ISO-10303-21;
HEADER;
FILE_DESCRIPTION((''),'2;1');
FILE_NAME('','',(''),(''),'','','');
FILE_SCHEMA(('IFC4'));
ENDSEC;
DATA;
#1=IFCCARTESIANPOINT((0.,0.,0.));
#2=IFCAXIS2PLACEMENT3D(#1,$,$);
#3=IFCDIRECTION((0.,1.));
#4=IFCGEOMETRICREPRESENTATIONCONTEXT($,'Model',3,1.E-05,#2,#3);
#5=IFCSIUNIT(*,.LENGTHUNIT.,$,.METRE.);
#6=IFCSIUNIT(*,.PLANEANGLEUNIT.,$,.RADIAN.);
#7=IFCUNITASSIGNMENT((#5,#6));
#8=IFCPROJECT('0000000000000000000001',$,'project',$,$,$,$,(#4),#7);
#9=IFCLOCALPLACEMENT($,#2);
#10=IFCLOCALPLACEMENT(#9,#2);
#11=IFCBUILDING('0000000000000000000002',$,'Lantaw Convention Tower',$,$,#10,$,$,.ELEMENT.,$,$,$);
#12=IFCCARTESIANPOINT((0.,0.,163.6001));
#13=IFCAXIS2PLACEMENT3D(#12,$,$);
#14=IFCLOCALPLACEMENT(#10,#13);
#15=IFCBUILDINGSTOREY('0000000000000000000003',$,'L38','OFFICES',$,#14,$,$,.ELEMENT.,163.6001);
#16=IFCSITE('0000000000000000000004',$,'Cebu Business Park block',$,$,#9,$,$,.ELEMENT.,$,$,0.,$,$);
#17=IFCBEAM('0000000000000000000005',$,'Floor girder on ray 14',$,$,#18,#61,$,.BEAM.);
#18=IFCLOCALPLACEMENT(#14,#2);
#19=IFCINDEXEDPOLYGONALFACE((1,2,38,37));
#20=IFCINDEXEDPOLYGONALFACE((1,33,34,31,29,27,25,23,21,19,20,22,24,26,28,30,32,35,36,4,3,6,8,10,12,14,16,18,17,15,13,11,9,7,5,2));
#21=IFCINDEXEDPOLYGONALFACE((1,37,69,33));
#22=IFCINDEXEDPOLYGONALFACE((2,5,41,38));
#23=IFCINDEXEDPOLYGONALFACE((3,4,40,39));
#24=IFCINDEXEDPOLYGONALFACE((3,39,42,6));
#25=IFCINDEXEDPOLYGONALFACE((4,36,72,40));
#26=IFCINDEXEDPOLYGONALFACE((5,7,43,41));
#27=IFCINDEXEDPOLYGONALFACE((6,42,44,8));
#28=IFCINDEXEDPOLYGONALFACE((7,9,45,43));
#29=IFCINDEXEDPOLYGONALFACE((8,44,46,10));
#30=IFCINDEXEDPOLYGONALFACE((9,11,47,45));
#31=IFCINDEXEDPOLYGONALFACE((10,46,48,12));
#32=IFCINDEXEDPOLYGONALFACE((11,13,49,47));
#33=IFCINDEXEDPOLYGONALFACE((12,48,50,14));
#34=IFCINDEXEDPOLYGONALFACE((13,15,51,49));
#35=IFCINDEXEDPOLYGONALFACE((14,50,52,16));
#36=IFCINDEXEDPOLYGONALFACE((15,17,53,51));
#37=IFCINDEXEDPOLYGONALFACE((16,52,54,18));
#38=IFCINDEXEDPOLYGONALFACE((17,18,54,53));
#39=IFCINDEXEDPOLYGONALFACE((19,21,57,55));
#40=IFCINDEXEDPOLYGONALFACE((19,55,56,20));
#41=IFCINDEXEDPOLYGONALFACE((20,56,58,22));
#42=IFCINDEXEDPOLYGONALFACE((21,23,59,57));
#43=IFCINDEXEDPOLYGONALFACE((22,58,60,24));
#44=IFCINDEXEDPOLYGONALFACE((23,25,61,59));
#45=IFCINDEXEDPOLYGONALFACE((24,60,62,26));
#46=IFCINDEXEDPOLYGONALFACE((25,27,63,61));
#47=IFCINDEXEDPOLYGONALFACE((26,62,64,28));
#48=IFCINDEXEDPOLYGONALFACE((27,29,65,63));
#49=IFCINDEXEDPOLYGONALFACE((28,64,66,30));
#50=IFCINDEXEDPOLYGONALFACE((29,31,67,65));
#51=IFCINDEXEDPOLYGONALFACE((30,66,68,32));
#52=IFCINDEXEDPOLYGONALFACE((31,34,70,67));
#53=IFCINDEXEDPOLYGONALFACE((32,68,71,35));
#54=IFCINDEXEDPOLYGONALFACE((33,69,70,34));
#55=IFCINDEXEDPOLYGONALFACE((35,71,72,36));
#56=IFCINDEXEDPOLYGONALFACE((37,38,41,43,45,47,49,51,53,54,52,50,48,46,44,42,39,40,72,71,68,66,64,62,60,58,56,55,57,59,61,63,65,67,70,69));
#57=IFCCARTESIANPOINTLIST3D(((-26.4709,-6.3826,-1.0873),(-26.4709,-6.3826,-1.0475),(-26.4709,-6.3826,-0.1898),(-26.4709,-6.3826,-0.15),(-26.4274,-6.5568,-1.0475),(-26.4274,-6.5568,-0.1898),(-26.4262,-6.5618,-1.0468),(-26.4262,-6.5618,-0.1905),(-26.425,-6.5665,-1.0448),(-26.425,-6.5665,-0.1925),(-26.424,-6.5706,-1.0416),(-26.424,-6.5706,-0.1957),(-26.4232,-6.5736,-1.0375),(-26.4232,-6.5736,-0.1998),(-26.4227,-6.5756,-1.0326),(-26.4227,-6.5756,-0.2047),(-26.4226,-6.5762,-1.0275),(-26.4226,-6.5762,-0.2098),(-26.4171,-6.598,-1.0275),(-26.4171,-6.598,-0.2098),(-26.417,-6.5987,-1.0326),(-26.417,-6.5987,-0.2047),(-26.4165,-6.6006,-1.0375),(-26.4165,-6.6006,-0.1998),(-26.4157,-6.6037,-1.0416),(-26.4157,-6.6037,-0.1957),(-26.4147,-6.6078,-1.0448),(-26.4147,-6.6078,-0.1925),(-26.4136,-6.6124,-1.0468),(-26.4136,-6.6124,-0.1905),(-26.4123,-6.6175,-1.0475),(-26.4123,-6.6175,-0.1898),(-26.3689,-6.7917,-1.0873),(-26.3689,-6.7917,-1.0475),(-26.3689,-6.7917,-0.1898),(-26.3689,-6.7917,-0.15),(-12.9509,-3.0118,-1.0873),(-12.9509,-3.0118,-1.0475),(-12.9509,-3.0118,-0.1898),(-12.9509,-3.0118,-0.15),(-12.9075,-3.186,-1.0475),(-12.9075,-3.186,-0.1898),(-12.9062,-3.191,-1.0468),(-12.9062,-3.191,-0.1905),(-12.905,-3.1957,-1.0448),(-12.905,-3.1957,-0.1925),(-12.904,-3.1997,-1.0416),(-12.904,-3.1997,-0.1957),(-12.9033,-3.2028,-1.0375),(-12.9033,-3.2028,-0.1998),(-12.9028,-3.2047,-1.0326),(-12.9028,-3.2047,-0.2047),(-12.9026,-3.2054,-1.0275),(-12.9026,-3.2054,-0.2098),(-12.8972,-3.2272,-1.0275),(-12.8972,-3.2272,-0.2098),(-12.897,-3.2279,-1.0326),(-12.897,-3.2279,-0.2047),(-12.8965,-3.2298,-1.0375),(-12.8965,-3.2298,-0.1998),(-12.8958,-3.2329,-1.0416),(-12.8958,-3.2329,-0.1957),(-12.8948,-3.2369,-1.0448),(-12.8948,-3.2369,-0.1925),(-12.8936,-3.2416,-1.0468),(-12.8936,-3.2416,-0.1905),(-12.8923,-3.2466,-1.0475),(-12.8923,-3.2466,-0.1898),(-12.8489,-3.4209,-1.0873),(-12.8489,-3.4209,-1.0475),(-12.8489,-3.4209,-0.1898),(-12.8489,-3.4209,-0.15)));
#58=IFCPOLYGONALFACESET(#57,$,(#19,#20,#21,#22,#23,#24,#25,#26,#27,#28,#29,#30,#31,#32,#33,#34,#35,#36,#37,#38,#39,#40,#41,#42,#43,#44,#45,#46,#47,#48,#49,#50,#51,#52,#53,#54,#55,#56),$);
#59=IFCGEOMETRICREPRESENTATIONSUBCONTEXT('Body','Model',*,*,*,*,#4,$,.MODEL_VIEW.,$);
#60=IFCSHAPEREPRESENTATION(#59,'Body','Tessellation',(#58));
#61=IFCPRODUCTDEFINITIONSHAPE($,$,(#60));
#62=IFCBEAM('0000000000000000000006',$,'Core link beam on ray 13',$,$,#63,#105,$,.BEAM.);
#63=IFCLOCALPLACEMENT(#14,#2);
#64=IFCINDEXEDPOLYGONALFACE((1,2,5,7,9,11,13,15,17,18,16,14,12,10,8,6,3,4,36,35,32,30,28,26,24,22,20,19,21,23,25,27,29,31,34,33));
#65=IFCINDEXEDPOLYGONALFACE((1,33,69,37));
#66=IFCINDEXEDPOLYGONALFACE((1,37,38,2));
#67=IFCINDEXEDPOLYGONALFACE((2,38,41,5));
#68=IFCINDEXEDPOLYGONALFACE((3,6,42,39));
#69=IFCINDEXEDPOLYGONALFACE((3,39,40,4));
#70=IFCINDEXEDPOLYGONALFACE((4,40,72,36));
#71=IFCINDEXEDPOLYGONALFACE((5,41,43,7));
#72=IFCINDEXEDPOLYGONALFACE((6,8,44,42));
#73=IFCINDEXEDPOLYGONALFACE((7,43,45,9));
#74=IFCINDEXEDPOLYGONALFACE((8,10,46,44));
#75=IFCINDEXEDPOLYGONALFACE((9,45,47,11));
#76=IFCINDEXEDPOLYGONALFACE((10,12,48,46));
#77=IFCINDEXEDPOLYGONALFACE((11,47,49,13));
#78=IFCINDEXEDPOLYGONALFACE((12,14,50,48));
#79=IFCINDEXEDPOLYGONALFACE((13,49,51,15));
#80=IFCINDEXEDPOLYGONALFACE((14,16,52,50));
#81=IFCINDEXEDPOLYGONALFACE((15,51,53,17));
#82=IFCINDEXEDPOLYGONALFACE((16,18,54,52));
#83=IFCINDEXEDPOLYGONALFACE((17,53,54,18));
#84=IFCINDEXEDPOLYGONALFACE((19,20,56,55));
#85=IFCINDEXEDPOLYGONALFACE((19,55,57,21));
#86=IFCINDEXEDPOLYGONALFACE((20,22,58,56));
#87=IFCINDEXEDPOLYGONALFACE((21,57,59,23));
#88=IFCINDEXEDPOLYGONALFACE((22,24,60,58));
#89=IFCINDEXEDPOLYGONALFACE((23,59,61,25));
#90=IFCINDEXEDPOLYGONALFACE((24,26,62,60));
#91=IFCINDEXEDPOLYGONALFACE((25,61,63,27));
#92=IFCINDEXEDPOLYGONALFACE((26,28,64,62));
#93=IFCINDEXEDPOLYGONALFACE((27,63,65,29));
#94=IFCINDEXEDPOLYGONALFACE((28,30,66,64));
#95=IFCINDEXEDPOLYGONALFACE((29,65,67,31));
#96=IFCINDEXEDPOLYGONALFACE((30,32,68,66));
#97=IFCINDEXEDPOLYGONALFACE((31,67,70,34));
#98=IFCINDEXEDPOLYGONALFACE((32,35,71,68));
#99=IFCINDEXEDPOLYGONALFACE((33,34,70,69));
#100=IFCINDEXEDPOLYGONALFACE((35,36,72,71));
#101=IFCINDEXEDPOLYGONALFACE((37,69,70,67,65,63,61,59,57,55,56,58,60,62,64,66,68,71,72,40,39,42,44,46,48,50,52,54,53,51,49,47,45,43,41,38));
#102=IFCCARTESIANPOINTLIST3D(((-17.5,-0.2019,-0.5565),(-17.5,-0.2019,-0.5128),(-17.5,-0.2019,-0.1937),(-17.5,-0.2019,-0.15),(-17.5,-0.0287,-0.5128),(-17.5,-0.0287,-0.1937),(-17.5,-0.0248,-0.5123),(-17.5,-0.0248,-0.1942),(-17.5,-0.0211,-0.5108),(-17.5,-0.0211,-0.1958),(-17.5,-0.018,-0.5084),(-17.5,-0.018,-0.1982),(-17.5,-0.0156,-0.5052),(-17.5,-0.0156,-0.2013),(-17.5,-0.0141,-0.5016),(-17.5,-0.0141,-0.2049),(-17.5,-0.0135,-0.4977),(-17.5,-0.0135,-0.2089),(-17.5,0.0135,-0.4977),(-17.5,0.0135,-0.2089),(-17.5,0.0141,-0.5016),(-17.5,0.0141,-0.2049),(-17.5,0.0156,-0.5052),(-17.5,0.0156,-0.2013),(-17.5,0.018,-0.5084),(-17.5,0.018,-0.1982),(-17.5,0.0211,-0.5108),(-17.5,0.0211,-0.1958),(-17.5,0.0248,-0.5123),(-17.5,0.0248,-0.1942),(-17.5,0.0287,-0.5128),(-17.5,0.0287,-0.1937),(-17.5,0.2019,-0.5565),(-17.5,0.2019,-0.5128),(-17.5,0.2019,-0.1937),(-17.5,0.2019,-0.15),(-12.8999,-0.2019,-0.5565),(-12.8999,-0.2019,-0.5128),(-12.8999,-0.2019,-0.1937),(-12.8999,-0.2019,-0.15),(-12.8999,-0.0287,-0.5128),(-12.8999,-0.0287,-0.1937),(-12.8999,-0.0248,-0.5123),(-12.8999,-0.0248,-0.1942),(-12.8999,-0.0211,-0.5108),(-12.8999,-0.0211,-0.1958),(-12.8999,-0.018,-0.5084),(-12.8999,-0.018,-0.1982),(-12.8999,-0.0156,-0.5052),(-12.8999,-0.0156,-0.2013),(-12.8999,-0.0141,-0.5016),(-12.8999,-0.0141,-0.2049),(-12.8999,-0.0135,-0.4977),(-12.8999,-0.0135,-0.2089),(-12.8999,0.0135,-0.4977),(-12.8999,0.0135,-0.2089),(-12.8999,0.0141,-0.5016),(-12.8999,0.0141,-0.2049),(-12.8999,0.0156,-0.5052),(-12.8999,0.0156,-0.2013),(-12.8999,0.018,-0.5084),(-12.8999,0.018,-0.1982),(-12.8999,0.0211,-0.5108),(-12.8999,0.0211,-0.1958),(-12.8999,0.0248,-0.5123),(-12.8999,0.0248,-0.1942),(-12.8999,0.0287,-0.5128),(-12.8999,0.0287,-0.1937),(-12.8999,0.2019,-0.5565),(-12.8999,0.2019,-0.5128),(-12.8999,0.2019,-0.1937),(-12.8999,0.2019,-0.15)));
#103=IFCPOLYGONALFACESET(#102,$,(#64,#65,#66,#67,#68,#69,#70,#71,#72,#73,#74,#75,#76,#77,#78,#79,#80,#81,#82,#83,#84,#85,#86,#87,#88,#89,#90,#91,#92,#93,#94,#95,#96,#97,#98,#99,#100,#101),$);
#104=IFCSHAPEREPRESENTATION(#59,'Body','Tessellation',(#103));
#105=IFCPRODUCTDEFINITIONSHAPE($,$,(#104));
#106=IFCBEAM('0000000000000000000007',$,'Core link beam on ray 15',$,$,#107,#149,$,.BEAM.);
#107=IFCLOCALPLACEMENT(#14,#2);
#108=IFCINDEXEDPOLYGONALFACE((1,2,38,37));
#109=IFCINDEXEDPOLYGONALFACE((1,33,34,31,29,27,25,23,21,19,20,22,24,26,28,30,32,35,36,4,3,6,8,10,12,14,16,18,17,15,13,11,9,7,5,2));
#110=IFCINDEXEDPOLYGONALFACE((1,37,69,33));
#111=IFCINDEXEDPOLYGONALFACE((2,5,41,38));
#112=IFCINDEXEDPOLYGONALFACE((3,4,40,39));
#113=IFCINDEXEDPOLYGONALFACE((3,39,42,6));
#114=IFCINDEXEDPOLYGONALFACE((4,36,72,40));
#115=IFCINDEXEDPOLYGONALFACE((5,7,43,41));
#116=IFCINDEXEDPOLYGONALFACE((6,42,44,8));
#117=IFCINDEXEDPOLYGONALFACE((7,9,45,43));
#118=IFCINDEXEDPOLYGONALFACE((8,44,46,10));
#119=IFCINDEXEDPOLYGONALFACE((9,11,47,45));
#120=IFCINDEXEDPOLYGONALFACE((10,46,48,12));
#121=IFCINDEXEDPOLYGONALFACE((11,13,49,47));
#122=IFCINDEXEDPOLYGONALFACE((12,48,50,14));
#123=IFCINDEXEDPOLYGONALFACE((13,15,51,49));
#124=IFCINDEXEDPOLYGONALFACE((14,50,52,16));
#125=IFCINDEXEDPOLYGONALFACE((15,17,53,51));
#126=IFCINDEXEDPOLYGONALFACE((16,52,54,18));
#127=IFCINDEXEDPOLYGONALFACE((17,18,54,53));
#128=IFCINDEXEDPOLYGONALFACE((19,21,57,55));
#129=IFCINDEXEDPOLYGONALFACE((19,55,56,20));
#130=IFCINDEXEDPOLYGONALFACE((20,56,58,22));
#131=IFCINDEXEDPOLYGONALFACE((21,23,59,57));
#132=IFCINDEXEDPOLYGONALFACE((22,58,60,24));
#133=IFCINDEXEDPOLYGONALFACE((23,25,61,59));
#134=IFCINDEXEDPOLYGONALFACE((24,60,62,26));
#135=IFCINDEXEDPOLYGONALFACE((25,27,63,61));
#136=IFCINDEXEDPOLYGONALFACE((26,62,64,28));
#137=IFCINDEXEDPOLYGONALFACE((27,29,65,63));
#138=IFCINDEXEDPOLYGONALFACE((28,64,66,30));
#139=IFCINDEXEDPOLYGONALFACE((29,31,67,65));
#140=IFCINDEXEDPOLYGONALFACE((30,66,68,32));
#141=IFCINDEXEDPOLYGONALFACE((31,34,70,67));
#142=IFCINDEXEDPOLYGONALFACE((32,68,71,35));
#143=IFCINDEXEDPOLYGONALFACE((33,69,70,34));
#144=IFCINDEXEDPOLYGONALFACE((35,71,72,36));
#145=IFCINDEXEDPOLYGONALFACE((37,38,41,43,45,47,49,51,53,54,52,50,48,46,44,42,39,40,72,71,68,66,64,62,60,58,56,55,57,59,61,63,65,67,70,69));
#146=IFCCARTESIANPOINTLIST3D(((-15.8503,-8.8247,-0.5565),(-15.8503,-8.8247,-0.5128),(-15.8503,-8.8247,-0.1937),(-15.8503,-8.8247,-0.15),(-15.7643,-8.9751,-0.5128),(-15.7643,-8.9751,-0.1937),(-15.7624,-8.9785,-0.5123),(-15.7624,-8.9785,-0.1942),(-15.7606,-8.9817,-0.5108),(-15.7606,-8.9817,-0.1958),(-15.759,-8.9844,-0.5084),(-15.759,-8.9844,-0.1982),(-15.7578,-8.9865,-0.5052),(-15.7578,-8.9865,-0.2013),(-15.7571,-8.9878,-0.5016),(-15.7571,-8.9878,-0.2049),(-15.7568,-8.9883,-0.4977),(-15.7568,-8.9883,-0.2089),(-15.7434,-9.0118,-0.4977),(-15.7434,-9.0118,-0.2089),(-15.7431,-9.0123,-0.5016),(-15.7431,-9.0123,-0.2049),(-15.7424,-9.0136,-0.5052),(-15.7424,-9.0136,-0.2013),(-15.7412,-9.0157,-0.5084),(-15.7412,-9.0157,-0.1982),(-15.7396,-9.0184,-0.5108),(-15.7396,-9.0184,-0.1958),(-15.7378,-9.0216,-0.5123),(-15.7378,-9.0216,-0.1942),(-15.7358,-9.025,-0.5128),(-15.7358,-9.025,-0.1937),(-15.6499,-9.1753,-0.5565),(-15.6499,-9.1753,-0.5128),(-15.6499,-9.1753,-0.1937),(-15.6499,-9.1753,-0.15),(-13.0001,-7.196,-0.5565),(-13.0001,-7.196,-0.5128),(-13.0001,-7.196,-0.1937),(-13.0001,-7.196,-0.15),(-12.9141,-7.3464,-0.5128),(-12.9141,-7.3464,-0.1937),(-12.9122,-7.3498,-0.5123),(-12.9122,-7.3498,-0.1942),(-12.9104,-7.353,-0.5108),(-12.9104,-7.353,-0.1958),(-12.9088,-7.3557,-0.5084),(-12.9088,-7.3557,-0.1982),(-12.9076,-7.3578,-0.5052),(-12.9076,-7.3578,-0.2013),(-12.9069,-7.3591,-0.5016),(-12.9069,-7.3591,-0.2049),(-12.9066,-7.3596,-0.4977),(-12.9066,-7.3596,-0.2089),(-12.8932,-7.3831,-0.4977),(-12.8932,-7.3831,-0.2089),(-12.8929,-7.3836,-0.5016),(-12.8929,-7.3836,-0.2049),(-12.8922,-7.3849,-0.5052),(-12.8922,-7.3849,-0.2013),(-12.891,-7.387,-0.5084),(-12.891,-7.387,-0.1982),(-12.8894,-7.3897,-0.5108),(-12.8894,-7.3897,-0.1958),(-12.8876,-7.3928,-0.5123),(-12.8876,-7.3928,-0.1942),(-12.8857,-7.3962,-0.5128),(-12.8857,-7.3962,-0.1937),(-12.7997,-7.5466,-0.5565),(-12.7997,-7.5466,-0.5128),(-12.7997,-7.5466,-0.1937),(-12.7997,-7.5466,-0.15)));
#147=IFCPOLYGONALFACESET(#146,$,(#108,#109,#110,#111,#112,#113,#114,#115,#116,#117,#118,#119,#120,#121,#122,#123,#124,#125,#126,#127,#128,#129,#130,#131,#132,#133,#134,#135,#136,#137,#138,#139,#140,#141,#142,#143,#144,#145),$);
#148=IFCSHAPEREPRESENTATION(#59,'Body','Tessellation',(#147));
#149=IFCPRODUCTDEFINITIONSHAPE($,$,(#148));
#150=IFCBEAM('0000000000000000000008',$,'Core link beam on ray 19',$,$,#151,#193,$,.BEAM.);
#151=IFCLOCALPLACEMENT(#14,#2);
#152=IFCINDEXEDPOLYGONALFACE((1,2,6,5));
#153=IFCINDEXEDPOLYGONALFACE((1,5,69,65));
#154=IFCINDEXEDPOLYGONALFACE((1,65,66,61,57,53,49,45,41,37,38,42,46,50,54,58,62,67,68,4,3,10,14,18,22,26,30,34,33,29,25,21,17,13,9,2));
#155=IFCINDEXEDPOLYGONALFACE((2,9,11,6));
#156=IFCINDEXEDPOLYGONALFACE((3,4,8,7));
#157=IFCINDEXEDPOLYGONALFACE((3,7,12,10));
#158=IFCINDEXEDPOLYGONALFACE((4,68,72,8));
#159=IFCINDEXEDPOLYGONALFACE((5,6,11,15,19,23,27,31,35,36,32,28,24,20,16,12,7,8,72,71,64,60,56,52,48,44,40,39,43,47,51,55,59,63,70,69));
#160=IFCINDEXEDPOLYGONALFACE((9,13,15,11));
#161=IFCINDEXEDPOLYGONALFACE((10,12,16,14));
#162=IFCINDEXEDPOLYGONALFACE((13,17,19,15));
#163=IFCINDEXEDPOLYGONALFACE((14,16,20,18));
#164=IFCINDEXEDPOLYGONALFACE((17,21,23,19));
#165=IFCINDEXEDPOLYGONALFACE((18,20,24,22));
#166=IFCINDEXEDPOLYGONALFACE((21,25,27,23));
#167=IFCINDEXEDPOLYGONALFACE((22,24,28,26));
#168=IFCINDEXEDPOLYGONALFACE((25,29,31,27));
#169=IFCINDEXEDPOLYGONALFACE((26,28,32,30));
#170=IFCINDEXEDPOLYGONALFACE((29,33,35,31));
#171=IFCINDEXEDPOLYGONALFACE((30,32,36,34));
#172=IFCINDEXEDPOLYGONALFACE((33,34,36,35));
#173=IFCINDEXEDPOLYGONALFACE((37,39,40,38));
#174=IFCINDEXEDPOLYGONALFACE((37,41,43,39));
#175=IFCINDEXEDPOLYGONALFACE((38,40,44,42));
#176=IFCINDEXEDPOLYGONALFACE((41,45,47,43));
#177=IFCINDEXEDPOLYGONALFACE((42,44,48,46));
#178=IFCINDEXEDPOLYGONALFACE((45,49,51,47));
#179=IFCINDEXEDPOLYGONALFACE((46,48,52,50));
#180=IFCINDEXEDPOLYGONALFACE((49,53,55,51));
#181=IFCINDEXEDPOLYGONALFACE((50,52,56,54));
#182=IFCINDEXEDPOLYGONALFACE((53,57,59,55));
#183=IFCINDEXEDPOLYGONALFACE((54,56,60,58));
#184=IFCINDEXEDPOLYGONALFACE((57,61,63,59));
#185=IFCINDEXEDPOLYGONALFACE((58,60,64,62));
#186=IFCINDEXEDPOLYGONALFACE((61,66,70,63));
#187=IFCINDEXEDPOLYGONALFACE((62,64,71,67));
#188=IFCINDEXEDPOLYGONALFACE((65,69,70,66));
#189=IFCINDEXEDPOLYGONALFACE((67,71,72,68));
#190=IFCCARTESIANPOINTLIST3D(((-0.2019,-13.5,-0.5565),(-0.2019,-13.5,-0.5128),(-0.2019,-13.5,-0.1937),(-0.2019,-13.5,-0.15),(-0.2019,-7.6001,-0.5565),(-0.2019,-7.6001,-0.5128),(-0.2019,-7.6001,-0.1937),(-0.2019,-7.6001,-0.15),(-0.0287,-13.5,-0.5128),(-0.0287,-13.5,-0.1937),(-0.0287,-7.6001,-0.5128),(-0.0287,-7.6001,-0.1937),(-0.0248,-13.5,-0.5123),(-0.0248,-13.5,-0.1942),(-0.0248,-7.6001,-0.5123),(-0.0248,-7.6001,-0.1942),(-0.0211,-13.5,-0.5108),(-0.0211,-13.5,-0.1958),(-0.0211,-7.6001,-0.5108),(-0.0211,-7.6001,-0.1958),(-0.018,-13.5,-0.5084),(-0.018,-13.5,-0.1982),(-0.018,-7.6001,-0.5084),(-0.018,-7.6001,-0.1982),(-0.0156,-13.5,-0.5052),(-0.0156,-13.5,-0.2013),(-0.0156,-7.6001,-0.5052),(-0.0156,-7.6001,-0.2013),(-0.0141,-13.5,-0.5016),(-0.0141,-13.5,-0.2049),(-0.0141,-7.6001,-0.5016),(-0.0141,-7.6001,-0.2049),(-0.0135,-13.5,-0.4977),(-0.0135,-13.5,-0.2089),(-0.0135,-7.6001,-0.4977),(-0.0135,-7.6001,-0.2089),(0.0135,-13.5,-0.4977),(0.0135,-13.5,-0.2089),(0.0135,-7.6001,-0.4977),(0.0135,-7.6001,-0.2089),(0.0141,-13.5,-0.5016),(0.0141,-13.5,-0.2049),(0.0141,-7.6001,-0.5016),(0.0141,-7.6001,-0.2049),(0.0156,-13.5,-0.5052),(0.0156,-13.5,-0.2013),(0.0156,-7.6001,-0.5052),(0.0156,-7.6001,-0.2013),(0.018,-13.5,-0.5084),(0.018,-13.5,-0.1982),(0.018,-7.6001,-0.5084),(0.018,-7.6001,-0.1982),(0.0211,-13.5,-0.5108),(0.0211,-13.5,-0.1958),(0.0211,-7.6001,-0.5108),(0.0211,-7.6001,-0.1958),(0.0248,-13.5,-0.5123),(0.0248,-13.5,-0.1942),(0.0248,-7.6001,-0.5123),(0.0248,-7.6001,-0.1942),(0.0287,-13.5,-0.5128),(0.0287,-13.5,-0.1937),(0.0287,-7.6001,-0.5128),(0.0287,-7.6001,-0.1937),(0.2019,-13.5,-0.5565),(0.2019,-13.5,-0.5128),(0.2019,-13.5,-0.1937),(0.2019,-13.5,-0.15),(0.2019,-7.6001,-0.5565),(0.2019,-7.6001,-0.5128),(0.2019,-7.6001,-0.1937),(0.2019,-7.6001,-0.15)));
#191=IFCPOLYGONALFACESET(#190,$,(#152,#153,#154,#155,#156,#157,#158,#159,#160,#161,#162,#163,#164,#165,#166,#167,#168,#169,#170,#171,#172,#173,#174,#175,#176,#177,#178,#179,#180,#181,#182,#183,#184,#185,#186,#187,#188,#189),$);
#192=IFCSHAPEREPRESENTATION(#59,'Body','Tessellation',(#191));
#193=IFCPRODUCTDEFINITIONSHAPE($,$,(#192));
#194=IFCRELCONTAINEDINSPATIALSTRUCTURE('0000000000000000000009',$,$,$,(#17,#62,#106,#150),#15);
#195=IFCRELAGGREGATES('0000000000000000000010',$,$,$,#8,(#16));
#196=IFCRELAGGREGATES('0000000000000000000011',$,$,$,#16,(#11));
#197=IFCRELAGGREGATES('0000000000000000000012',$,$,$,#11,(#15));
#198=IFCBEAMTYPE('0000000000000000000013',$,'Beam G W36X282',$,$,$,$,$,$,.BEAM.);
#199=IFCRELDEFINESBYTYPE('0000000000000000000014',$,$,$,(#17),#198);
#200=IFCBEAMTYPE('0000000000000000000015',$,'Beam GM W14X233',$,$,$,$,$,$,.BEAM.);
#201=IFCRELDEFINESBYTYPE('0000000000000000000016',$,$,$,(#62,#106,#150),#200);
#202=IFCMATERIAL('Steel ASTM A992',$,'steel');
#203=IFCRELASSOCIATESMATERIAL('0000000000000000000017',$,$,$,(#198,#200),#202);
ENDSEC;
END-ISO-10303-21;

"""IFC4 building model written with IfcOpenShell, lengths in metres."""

from ifc_helpers import new_model, si_unit, direction, frame, origin, origin_2d, place, context, subcontext, project, spatial, i_section, extrude, material, material_profile, profile_set, type_object, element, save


model = new_model("IFC4")

# Units and contexts
model_context = context("Model", 3, precision=1e-05, world=origin(), true_north=direction((0.0, 1.0)))
body_context = subcontext(model_context, "Body", "Model", "MODEL_VIEW")
ifc_project = project(units=[si_unit("LENGTHUNIT", "METRE"), si_unit("PLANEANGLEUNIT", "RADIAN")], contexts=[model_context])

# Site, building, storey
site_placement = place(None, origin())
site = spatial("IfcSite", under=ifc_project, at=site_placement, Name="Cebu Business Park block", CompositionType="ELEMENT", RefElevation=0.0)
building_placement = place(site_placement, origin())
building = spatial("IfcBuilding", under=site, at=building_placement, Name="Lantaw Convention Tower", CompositionType="ELEMENT")
storey_placement = place(building_placement, frame((0.0, 0.0, 163.6001)))
storey = spatial("IfcBuildingStorey", under=building, at=storey_placement, Name="L38", Description="OFFICES", CompositionType="ELEMENT", Elevation=163.6001)

# Beams
ifc_material_1 = material(Name="Steel ASTM A992", Category="steel")
ifc_material_profile_1 = material_profile(ifc_material_1, i_section(OverallWidth=0.4216, OverallDepth=0.9373, WebThickness=0.0225, FlangeThickness=0.0398, FilletRadius=0.02, at=origin_2d()), Name="W36X282")
ifc_profile_set_1 = profile_set([ifc_material_profile_1], Name="Steel ASTM A992")
beam_type_1 = type_object("IfcBeamType", Name="Beam G W36X282", PredefinedType="BEAM", material=ifc_profile_set_1)
beam_1_placement = place(storey_placement, frame((-12.8999, -3.2163, -0.6187), z_axis=(-0.970297, -0.241917, 0.0), x_axis=(0.241917, -0.970297, 0.0)))
element("IfcBeam", 1, at=beam_1_placement, inside=storey, type_object=beam_type_1, Name="Floor girder on ray 14", PredefinedType="BEAM", context=body_context, shape_type="SweptSolid", body=[
    extrude(i_section(OverallWidth=0.4216, OverallDepth=0.9373, WebThickness=0.0225, FlangeThickness=0.0398, FilletRadius=0.02, at=origin_2d()), origin(), (0.0, 0.0, 1.0), 13.9338),
])
ifc_material_profile_2 = material_profile(ifc_material_1, i_section(OverallWidth=0.4038, OverallDepth=0.4065, WebThickness=0.0271, FlangeThickness=0.0437, FilletRadius=0.0151, at=origin_2d()), Name="W14X233")
ifc_profile_set_2 = profile_set([ifc_material_profile_2], Name="Steel ASTM A992")
beam_type_2 = type_object("IfcBeamType", Name="Beam GM W14X233", PredefinedType="BEAM", material=ifc_profile_set_2)
beam_2_placement = place(storey_placement, frame((-12.8999, 0.0, -0.3533), z_axis=(-1.0, 0.0, 0.0), x_axis=(0.0, -1.0, 0.0)))
element("IfcBeam", 2, at=beam_2_placement, inside=storey, type_object=beam_type_2, Name="Core link beam on ray 13", PredefinedType="BEAM", context=body_context, shape_type="SweptSolid", body=[
    extrude(i_section(OverallWidth=0.4038, OverallDepth=0.4065, WebThickness=0.0271, FlangeThickness=0.0437, FilletRadius=0.0151, at=origin_2d()), origin(), (0.0, 0.0, 1.0), 4.6001),
])
beam_3_placement = place(storey_placement, frame((-12.8999, -7.3713, -0.3533), z_axis=(-0.868239, -0.496147, 0.0), x_axis=(0.496147, -0.868239, 0.0)))
element("IfcBeam", 3, at=beam_3_placement, inside=storey, type_object=beam_type_2, Name="Core link beam on ray 15", PredefinedType="BEAM", context=body_context, shape_type="SweptSolid", body=[
    extrude(i_section(OverallWidth=0.4038, OverallDepth=0.4065, WebThickness=0.0271, FlangeThickness=0.0437, FilletRadius=0.0151, at=origin_2d()), origin(), (0.0, 0.0, 1.0), 3.2827),
])
beam_4_placement = place(storey_placement, frame((0.0, -7.6001, -0.3533), z_axis=(0.0, -1.0, 0.0), x_axis=(1.0, 0.0, 0.0)))
element("IfcBeam", 4, at=beam_4_placement, inside=storey, type_object=beam_type_2, Name="Core link beam on ray 19", PredefinedType="BEAM", context=body_context, shape_type="SweptSolid", body=[
    extrude(i_section(OverallWidth=0.4038, OverallDepth=0.4065, WebThickness=0.0271, FlangeThickness=0.0437, FilletRadius=0.0151, at=origin_2d()), origin(), (0.0, 0.0, 1.0), 5.8999),
])

save(model, "model.ifc")
